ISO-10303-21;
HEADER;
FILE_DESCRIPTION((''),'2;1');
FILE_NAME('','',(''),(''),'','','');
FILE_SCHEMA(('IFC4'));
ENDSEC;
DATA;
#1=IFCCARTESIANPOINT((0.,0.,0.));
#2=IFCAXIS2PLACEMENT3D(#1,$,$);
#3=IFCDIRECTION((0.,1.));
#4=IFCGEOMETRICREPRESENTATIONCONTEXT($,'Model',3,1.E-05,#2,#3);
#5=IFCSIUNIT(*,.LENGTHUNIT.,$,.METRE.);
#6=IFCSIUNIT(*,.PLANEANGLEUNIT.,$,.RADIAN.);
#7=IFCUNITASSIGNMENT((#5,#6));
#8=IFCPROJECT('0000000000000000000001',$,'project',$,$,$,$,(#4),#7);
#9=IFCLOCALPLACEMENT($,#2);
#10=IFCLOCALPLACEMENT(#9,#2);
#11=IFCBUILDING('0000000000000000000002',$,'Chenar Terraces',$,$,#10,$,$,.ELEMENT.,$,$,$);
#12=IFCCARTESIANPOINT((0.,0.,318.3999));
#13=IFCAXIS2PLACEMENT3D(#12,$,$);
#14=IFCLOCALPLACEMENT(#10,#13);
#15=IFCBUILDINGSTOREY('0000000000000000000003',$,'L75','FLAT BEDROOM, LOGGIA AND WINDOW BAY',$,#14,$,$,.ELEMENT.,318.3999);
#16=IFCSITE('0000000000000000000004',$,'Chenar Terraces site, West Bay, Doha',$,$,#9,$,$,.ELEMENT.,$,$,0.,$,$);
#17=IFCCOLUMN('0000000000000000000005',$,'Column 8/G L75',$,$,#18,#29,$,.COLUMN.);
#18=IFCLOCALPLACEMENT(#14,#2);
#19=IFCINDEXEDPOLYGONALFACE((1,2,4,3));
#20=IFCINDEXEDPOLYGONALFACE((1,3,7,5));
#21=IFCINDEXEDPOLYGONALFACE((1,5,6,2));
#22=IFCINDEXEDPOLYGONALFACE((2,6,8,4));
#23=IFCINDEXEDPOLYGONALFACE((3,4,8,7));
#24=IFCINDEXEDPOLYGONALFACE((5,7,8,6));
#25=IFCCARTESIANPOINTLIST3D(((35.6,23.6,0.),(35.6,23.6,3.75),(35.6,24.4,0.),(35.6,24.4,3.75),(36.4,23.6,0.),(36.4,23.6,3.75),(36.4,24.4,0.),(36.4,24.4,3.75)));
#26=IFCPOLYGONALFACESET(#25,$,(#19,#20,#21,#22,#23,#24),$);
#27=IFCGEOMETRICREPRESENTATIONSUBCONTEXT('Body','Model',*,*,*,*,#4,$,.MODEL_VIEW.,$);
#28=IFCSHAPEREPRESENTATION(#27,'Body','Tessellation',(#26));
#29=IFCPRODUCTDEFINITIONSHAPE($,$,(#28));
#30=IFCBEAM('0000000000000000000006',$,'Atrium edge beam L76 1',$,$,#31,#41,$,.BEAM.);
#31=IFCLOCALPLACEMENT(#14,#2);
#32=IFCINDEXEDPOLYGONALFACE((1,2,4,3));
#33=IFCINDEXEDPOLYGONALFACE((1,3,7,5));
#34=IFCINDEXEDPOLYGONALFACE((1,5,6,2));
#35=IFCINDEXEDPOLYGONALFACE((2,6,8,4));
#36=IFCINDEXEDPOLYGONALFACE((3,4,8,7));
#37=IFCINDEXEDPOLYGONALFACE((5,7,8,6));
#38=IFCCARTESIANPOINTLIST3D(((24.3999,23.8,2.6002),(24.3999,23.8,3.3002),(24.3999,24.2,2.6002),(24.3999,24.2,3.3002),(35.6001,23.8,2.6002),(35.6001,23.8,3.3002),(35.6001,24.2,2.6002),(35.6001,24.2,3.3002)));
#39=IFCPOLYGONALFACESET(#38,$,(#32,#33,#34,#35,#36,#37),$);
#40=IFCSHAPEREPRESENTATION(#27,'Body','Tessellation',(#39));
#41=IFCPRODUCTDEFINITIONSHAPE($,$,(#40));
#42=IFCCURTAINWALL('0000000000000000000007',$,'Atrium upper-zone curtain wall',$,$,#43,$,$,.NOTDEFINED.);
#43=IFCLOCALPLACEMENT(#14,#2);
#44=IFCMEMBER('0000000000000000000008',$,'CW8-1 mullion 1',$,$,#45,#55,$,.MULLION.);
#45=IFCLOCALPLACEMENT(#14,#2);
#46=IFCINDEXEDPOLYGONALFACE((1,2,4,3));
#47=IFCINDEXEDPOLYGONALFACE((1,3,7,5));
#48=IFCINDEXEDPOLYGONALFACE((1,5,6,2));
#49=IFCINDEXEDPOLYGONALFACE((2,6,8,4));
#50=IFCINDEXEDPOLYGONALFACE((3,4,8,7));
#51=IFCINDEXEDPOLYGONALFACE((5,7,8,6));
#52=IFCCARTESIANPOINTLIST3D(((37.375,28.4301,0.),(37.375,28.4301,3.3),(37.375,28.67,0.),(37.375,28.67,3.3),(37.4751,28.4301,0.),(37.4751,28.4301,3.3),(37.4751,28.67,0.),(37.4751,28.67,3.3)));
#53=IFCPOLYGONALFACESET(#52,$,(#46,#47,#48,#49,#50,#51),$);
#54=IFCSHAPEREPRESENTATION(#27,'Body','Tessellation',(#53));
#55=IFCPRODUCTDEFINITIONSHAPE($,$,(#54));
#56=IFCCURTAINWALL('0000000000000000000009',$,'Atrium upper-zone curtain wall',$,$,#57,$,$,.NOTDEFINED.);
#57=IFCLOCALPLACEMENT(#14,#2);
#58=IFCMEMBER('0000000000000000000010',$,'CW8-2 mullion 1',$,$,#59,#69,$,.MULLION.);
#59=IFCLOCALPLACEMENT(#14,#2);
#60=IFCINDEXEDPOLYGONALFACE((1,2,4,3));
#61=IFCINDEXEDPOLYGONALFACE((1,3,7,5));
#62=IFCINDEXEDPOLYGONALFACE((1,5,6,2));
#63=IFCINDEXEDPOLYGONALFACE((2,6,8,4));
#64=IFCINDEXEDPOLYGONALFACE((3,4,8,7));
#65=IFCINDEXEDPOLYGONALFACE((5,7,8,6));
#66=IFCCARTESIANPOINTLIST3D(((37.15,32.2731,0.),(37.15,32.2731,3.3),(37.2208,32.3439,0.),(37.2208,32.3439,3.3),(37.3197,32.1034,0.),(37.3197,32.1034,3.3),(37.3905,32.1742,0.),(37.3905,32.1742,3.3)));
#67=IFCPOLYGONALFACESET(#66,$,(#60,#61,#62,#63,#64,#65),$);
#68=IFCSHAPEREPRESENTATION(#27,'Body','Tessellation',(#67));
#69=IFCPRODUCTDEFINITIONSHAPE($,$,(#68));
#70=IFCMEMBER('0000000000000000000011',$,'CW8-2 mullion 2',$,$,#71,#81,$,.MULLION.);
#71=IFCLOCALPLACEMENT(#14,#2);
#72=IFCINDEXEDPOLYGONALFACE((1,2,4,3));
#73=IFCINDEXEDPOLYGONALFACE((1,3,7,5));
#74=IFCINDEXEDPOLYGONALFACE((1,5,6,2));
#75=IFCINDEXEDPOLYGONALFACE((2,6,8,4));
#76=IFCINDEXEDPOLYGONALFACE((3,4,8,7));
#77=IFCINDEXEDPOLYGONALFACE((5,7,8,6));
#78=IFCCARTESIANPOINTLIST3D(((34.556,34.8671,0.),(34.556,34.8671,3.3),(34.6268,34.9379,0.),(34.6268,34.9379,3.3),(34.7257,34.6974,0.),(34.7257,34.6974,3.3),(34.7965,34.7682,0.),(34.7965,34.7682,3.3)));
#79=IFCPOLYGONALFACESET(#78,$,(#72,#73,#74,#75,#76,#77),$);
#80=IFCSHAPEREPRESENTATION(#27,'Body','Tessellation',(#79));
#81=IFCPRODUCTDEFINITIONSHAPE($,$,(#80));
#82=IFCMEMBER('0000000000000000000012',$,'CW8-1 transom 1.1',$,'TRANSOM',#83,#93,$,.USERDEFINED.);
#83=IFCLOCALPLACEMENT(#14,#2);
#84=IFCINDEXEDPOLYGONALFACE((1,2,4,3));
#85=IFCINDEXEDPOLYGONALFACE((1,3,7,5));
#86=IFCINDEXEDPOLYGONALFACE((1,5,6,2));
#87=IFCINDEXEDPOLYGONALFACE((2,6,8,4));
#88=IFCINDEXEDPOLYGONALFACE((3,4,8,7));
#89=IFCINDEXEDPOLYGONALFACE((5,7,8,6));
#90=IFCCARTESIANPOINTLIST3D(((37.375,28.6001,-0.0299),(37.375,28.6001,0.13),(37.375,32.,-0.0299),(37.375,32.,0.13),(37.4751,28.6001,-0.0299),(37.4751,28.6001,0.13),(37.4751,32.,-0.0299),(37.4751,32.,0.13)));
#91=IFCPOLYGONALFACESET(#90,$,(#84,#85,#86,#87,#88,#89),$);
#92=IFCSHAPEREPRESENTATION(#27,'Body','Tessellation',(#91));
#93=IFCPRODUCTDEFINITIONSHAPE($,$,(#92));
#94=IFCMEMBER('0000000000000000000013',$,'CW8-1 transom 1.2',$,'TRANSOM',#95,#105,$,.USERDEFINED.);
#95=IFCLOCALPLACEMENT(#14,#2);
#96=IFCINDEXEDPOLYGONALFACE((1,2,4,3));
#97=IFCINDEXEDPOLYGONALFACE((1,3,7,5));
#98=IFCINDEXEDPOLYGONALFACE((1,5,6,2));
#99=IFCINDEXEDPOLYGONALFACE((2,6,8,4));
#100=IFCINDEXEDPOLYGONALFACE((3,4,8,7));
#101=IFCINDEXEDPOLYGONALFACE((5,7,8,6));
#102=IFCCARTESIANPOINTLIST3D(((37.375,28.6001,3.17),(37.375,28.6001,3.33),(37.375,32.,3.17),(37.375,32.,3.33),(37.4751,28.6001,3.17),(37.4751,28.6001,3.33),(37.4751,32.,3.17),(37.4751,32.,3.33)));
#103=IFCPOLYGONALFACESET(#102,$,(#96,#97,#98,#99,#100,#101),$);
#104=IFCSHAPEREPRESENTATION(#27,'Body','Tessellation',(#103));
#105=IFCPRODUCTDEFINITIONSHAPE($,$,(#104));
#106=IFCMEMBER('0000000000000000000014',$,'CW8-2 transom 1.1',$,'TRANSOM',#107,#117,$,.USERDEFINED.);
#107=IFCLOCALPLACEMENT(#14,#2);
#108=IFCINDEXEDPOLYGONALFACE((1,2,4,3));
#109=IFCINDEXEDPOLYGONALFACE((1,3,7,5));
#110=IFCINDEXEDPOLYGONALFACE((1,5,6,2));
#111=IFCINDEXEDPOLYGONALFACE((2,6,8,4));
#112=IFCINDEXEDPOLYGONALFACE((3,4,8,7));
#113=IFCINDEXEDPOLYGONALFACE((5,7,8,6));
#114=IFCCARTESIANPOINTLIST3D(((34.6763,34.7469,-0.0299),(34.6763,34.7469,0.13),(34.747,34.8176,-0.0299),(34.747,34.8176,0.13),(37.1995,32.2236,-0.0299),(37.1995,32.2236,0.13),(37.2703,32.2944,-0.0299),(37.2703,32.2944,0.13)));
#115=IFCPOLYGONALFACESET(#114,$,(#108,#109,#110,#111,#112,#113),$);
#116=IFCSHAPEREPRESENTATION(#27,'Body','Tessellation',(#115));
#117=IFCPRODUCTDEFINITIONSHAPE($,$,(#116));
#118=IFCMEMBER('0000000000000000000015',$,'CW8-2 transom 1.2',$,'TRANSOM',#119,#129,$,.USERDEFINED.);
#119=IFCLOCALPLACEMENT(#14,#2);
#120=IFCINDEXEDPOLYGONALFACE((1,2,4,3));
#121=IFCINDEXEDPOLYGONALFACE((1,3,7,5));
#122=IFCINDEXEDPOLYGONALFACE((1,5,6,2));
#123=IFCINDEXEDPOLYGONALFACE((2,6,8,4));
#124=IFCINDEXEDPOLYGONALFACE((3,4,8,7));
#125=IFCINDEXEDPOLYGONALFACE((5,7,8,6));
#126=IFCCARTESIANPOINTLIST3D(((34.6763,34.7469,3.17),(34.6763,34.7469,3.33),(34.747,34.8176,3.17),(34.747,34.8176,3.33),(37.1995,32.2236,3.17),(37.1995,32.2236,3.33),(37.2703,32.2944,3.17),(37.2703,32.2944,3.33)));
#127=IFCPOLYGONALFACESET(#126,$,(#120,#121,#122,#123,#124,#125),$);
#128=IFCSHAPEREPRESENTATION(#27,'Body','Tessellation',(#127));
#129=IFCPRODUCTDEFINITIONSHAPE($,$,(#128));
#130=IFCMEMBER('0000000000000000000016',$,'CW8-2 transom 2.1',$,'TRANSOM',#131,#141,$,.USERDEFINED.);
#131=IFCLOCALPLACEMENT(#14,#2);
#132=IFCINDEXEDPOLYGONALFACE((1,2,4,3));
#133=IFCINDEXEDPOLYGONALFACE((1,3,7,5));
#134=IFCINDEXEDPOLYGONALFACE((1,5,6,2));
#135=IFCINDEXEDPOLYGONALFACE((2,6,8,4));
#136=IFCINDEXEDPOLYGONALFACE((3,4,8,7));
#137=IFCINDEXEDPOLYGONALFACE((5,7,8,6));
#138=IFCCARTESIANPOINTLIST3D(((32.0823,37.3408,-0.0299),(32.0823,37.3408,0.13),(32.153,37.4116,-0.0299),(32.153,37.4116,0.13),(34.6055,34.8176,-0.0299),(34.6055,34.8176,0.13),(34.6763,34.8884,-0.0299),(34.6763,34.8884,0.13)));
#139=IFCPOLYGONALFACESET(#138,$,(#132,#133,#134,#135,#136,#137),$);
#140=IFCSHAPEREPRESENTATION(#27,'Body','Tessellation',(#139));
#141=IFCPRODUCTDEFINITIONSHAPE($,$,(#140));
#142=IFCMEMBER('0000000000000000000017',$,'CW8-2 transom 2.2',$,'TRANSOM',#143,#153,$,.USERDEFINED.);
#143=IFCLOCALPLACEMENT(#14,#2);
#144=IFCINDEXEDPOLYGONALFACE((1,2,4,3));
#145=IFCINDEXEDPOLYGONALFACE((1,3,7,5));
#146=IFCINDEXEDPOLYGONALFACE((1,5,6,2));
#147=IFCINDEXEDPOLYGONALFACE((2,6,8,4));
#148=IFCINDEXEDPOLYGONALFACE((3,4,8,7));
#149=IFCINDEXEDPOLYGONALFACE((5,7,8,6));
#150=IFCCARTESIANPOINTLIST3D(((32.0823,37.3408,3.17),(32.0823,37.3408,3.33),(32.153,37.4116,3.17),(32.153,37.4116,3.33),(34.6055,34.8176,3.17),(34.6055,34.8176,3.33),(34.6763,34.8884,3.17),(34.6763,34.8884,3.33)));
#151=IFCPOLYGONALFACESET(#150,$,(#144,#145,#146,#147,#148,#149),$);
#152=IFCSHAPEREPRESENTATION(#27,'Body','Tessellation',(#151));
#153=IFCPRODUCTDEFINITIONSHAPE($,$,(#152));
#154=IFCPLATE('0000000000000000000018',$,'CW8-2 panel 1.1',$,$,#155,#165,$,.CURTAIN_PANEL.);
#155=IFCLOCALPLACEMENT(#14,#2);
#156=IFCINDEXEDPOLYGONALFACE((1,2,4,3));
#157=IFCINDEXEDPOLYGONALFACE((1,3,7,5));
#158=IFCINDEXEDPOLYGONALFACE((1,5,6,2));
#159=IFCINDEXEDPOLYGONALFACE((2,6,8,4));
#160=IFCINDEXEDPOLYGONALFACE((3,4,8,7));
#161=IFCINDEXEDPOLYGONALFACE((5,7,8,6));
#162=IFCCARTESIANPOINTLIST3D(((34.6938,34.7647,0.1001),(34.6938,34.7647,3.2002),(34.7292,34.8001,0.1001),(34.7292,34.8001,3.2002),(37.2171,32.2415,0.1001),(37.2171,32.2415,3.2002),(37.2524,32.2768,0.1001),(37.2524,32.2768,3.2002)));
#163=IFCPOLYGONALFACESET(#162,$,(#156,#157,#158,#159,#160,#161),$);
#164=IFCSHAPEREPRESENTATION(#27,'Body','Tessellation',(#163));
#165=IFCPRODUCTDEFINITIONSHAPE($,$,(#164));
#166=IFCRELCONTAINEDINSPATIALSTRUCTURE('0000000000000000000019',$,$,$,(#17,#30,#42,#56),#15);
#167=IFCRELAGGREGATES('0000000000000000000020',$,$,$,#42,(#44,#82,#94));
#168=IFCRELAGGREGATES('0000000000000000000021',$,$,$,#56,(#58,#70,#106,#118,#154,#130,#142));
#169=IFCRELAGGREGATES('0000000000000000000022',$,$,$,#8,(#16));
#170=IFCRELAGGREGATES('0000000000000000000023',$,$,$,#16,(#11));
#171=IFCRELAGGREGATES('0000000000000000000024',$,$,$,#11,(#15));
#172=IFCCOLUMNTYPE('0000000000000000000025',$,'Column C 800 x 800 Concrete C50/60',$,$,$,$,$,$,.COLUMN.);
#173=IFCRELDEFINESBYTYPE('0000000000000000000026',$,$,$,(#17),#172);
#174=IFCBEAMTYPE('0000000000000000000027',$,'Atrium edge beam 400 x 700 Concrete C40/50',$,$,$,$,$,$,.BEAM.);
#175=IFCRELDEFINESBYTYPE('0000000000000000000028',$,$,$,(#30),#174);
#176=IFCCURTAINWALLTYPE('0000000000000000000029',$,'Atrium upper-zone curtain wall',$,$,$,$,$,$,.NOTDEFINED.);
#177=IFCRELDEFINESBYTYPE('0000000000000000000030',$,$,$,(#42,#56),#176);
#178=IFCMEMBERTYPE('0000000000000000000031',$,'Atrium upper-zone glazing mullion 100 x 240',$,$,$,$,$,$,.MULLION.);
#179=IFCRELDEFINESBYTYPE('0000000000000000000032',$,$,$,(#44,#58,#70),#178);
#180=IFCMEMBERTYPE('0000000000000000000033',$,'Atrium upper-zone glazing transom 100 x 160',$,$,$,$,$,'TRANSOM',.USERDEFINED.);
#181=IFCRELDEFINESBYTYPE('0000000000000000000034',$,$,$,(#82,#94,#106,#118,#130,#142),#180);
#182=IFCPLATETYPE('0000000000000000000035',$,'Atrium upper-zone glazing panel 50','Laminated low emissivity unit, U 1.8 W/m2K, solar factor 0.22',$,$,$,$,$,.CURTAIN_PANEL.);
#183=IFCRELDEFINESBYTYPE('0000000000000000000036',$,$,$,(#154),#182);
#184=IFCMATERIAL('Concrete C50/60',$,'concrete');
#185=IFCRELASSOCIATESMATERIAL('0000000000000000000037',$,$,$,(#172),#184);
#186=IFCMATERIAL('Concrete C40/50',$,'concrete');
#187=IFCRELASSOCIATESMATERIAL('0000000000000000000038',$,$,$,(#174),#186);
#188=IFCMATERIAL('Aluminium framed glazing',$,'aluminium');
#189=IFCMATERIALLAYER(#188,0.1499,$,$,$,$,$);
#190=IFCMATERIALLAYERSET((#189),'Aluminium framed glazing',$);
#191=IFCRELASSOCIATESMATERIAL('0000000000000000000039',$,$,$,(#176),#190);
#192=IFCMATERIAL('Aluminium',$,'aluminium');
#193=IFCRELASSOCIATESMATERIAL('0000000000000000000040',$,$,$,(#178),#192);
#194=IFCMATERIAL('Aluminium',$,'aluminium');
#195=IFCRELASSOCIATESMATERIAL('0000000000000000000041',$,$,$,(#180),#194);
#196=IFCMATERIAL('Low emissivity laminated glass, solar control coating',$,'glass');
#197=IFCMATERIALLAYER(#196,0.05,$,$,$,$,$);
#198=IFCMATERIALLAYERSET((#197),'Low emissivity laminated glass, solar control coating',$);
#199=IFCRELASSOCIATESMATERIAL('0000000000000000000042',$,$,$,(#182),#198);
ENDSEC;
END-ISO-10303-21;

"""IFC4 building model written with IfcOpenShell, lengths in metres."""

from ifc_helpers import new_model, si_unit, direction, frame, origin, origin_2d, place, context, subcontext, project, spatial, rectangle, extrude, material, layer, layer_set, material_profile, profile_set, type_object, element, aggregate, save


model = new_model("IFC4")

# Units and contexts
model_context = context("Model", 3, precision=1e-05, world=origin(), true_north=direction((0.0, 1.0)))
body_context = subcontext(model_context, "Body", "Model", "MODEL_VIEW")
ifc_project = project(units=[si_unit("LENGTHUNIT", "METRE"), si_unit("PLANEANGLEUNIT", "RADIAN")], contexts=[model_context])

# Site, building, storey
site_placement = place(None, origin())
site = spatial("IfcSite", under=ifc_project, at=site_placement, Name="Chenar Terraces site, West Bay, Doha", CompositionType="ELEMENT", RefElevation=0.0)
building_placement = place(site_placement, origin())
building = spatial("IfcBuilding", under=site, at=building_placement, Name="Chenar Terraces", CompositionType="ELEMENT")
storey_placement = place(building_placement, frame((0.0, 0.0, 318.3999)))
storey = spatial("IfcBuildingStorey", under=building, at=storey_placement, Name="L75", Description="FLAT BEDROOM, LOGGIA AND WINDOW BAY", CompositionType="ELEMENT", Elevation=318.3999)

# Column
ifc_material_1 = material(Name="Concrete C50/60", Category="concrete")
ifc_material_profile_1 = material_profile(ifc_material_1, rectangle(XDim=0.8, YDim=0.8, at=origin_2d()), Name="C 800 x 800")
ifc_profile_set_1 = profile_set([ifc_material_profile_1], Name="Concrete C50/60")
column_type = type_object("IfcColumnType", Name="Column C 800 x 800 Concrete C50/60", PredefinedType="COLUMN", material=ifc_profile_set_1)
column_placement = place(storey_placement, frame((36.0, 24.0, 0.0), z_axis=(0.0, 0.0, 1.0), x_axis=(1.0, 0.0, 0.0)))
element("IfcColumn", 1, at=column_placement, inside=storey, type_object=column_type, Name="Column 8/G L75", PredefinedType="COLUMN", context=body_context, shape_type="SweptSolid", body=[
    extrude(rectangle(XDim=0.8, YDim=0.8, at=origin_2d()), origin(), (0.0, 0.0, 1.0), 3.75),
])

# Beam
ifc_material_2 = material(Name="Concrete C40/50", Category="concrete")
ifc_material_profile_2 = material_profile(ifc_material_2, rectangle(XDim=0.3999, YDim=0.7, at=origin_2d()), Name="RC 400 x 700")
ifc_profile_set_2 = profile_set([ifc_material_profile_2], Name="Concrete C40/50")
beam_type = type_object("IfcBeamType", Name="Atrium edge beam 400 x 700 Concrete C40/50", PredefinedType="BEAM", material=ifc_profile_set_2)
beam_placement = place(storey_placement, frame((24.3999, 24.0, 2.9502), z_axis=(1.0, 0.0, 0.0), x_axis=(0.0, 1.0, 0.0)))
element("IfcBeam", 2, at=beam_placement, inside=storey, type_object=beam_type, Name="Atrium edge beam L76 1", PredefinedType="BEAM", context=body_context, shape_type="SweptSolid", body=[
    extrude(rectangle(XDim=0.3999, YDim=0.7, at=origin_2d()), origin(), (0.0, 0.0, 1.0), 11.2002),
])

# Curtain wall, member
ifc_material_3 = material(Name="Aluminium framed glazing", Category="aluminium")
ifc_layer_1 = layer(ifc_material_3, 0.1499)
ifc_layer_set_1 = layer_set([ifc_layer_1], Name="Aluminium framed glazing")
curtain_wall_type = type_object("IfcCurtainWallType", Name="Atrium upper-zone curtain wall", PredefinedType="NOTDEFINED", material=ifc_layer_set_1)
placement = place(storey_placement, origin())
curtain_wall_1 = element("IfcCurtainWall", 3, at=placement, inside=storey, type_object=curtain_wall_type, Name="Atrium upper-zone curtain wall", PredefinedType="NOTDEFINED")
ifc_material_4 = material(Name="Aluminium", Category="aluminium")
ifc_material_profile_3 = material_profile(ifc_material_4, rectangle(XDim=0.1001, YDim=0.24, at=origin_2d()), Name="Atrium upper-zone glazing mullion 100 x 240")
ifc_profile_set_3 = profile_set([ifc_material_profile_3], Name="Aluminium")
member_type_1 = type_object("IfcMemberType", Name="Atrium upper-zone glazing mullion 100 x 240", PredefinedType="MULLION", material=ifc_profile_set_3)
member_1_placement = place(storey_placement, frame((37.425, 28.55, 0.0), z_axis=(0.0, 0.0, 1.0), x_axis=(-1.0, 0.0, 0.0)))
member_1 = element("IfcMember", 4, at=member_1_placement, type_object=member_type_1, Name="CW8-1 mullion 1", PredefinedType="MULLION", context=body_context, shape_type="SweptSolid", body=[
    extrude(rectangle(XDim=0.1001, YDim=0.24, at=origin_2d()), origin(), (0.0, 0.0, 1.0), 3.3),
])

# Curtain wall, members
curtain_wall_2 = element("IfcCurtainWall", 5, at=placement, inside=storey, type_object=curtain_wall_type, Name="Atrium upper-zone curtain wall", PredefinedType="NOTDEFINED")
member_2_placement = place(storey_placement, frame((37.2703, 32.2236, 0.0), z_axis=(0.0, 0.0, 1.0), x_axis=(-0.707107, -0.707107, 0.0)))
member_2 = element("IfcMember", 6, at=member_2_placement, type_object=member_type_1, Name="CW8-2 mullion 1", PredefinedType="MULLION", context=body_context, shape_type="SweptSolid", body=[
    extrude(rectangle(XDim=0.1001, YDim=0.24, at=origin_2d()), origin(), (0.0, 0.0, 1.0), 3.3),
])
member_3_placement = place(storey_placement, frame((34.6763, 34.8176, 0.0), z_axis=(0.0, 0.0, 1.0), x_axis=(-0.707107, -0.707107, 0.0)))
member_3 = element("IfcMember", 7, at=member_3_placement, type_object=member_type_1, Name="CW8-2 mullion 2", PredefinedType="MULLION", context=body_context, shape_type="SweptSolid", body=[
    extrude(rectangle(XDim=0.1001, YDim=0.24, at=origin_2d()), origin(), (0.0, 0.0, 1.0), 3.3),
])

# Members
ifc_material_5 = material(Name="Aluminium", Category="aluminium")
ifc_material_profile_4 = material_profile(ifc_material_5, rectangle(XDim=0.1001, YDim=0.1599, at=origin_2d()), Name="Atrium upper-zone glazing transom 100 x 160")
ifc_profile_set_4 = profile_set([ifc_material_profile_4], Name="Aluminium")
member_type_2 = type_object("IfcMemberType", Name="Atrium upper-zone glazing transom 100 x 160", ElementType="TRANSOM", PredefinedType="USERDEFINED", material=ifc_profile_set_4)
member_4_placement = place(storey_placement, frame((37.425, 28.6001, 0.05), z_axis=(0.0, 1.0, 0.0), x_axis=(-1.0, 0.0, 0.0)))
member_4 = element("IfcMember", 8, at=member_4_placement, type_object=member_type_2, Name="CW8-1 transom 1.1", ObjectType="TRANSOM", PredefinedType="USERDEFINED", context=body_context, shape_type="SweptSolid", body=[
    extrude(rectangle(XDim=0.1001, YDim=0.1599, at=origin_2d()), origin(), (0.0, 0.0, 1.0), 3.3999),
])
member_5_placement = place(storey_placement, frame((37.425, 28.6001, 3.25), z_axis=(0.0, 1.0, 0.0), x_axis=(-1.0, 0.0, 0.0)))
member_5 = element("IfcMember", 9, at=member_5_placement, type_object=member_type_2, Name="CW8-1 transom 1.2", ObjectType="TRANSOM", PredefinedType="USERDEFINED", context=body_context, shape_type="SweptSolid", body=[
    extrude(rectangle(XDim=0.1001, YDim=0.1599, at=origin_2d()), origin(), (0.0, 0.0, 1.0), 3.3999),
])
aggregate(curtain_wall_1, [member_1, member_4, member_5])
member_6_placement = place(storey_placement, frame((37.2349, 32.259, 0.05), z_axis=(-0.707107, 0.707107, 0.0), x_axis=(-0.707107, -0.707107, 0.0)))
member_6 = element("IfcMember", 10, at=member_6_placement, type_object=member_type_2, Name="CW8-2 transom 1.1", ObjectType="TRANSOM", PredefinedType="USERDEFINED", context=body_context, shape_type="SweptSolid", body=[
    extrude(rectangle(XDim=0.1001, YDim=0.1599, at=origin_2d()), origin(), (0.0, 0.0, 1.0), 3.5684),
])
member_7_placement = place(storey_placement, frame((37.2349, 32.259, 3.25), z_axis=(-0.707107, 0.707107, 0.0), x_axis=(-0.707107, -0.707107, 0.0)))
member_7 = element("IfcMember", 11, at=member_7_placement, type_object=member_type_2, Name="CW8-2 transom 1.2", ObjectType="TRANSOM", PredefinedType="USERDEFINED", context=body_context, shape_type="SweptSolid", body=[
    extrude(rectangle(XDim=0.1001, YDim=0.1599, at=origin_2d()), origin(), (0.0, 0.0, 1.0), 3.5684),
])
member_8_placement = place(storey_placement, frame((34.6409, 34.853, 0.05), z_axis=(-0.707107, 0.707107, 0.0), x_axis=(-0.707107, -0.707107, 0.0)))
member_8 = element("IfcMember", 12, at=member_8_placement, type_object=member_type_2, Name="CW8-2 transom 2.1", ObjectType="TRANSOM", PredefinedType="USERDEFINED", context=body_context, shape_type="SweptSolid", body=[
    extrude(rectangle(XDim=0.1001, YDim=0.1599, at=origin_2d()), origin(), (0.0, 0.0, 1.0), 3.5684),
])
member_9_placement = place(storey_placement, frame((34.6409, 34.853, 3.25), z_axis=(-0.707107, 0.707107, 0.0), x_axis=(-0.707107, -0.707107, 0.0)))
member_9 = element("IfcMember", 13, at=member_9_placement, type_object=member_type_2, Name="CW8-2 transom 2.2", ObjectType="TRANSOM", PredefinedType="USERDEFINED", context=body_context, shape_type="SweptSolid", body=[
    extrude(rectangle(XDim=0.1001, YDim=0.1599, at=origin_2d()), origin(), (0.0, 0.0, 1.0), 3.5684),
])

# Plate
ifc_material_6 = material(Name="Low emissivity laminated glass, solar control coating", Category="glass")
ifc_layer_2 = layer(ifc_material_6, 0.05)
ifc_layer_set_2 = layer_set([ifc_layer_2], Name="Low emissivity laminated glass, solar control coating")
plate_type = type_object("IfcPlateType", Name="Atrium upper-zone glazing panel 50", Description="Laminated low emissivity unit, U 1.8 W/m2K, solar factor 0.22", PredefinedType="CURTAIN_PANEL", material=ifc_layer_set_2)
plate_placement = place(storey_placement, frame((35.9731, 33.5208, 0.1001), z_axis=(0.0, 0.0, 1.0), x_axis=(-0.707107, 0.707107, 0.0)))
plate = element("IfcPlate", 14, at=plate_placement, type_object=plate_type, Name="CW8-2 panel 1.1", PredefinedType="CURTAIN_PANEL", context=body_context, shape_type="SweptSolid", body=[
    extrude(rectangle(XDim=3.5684, YDim=0.05, at=origin_2d()), origin(), (0.0, 0.0, 1.0), 3.1001),
])
aggregate(curtain_wall_2, [member_2, member_3, member_6, member_7, plate, member_8, member_9])

save(model, "model.ifc")
